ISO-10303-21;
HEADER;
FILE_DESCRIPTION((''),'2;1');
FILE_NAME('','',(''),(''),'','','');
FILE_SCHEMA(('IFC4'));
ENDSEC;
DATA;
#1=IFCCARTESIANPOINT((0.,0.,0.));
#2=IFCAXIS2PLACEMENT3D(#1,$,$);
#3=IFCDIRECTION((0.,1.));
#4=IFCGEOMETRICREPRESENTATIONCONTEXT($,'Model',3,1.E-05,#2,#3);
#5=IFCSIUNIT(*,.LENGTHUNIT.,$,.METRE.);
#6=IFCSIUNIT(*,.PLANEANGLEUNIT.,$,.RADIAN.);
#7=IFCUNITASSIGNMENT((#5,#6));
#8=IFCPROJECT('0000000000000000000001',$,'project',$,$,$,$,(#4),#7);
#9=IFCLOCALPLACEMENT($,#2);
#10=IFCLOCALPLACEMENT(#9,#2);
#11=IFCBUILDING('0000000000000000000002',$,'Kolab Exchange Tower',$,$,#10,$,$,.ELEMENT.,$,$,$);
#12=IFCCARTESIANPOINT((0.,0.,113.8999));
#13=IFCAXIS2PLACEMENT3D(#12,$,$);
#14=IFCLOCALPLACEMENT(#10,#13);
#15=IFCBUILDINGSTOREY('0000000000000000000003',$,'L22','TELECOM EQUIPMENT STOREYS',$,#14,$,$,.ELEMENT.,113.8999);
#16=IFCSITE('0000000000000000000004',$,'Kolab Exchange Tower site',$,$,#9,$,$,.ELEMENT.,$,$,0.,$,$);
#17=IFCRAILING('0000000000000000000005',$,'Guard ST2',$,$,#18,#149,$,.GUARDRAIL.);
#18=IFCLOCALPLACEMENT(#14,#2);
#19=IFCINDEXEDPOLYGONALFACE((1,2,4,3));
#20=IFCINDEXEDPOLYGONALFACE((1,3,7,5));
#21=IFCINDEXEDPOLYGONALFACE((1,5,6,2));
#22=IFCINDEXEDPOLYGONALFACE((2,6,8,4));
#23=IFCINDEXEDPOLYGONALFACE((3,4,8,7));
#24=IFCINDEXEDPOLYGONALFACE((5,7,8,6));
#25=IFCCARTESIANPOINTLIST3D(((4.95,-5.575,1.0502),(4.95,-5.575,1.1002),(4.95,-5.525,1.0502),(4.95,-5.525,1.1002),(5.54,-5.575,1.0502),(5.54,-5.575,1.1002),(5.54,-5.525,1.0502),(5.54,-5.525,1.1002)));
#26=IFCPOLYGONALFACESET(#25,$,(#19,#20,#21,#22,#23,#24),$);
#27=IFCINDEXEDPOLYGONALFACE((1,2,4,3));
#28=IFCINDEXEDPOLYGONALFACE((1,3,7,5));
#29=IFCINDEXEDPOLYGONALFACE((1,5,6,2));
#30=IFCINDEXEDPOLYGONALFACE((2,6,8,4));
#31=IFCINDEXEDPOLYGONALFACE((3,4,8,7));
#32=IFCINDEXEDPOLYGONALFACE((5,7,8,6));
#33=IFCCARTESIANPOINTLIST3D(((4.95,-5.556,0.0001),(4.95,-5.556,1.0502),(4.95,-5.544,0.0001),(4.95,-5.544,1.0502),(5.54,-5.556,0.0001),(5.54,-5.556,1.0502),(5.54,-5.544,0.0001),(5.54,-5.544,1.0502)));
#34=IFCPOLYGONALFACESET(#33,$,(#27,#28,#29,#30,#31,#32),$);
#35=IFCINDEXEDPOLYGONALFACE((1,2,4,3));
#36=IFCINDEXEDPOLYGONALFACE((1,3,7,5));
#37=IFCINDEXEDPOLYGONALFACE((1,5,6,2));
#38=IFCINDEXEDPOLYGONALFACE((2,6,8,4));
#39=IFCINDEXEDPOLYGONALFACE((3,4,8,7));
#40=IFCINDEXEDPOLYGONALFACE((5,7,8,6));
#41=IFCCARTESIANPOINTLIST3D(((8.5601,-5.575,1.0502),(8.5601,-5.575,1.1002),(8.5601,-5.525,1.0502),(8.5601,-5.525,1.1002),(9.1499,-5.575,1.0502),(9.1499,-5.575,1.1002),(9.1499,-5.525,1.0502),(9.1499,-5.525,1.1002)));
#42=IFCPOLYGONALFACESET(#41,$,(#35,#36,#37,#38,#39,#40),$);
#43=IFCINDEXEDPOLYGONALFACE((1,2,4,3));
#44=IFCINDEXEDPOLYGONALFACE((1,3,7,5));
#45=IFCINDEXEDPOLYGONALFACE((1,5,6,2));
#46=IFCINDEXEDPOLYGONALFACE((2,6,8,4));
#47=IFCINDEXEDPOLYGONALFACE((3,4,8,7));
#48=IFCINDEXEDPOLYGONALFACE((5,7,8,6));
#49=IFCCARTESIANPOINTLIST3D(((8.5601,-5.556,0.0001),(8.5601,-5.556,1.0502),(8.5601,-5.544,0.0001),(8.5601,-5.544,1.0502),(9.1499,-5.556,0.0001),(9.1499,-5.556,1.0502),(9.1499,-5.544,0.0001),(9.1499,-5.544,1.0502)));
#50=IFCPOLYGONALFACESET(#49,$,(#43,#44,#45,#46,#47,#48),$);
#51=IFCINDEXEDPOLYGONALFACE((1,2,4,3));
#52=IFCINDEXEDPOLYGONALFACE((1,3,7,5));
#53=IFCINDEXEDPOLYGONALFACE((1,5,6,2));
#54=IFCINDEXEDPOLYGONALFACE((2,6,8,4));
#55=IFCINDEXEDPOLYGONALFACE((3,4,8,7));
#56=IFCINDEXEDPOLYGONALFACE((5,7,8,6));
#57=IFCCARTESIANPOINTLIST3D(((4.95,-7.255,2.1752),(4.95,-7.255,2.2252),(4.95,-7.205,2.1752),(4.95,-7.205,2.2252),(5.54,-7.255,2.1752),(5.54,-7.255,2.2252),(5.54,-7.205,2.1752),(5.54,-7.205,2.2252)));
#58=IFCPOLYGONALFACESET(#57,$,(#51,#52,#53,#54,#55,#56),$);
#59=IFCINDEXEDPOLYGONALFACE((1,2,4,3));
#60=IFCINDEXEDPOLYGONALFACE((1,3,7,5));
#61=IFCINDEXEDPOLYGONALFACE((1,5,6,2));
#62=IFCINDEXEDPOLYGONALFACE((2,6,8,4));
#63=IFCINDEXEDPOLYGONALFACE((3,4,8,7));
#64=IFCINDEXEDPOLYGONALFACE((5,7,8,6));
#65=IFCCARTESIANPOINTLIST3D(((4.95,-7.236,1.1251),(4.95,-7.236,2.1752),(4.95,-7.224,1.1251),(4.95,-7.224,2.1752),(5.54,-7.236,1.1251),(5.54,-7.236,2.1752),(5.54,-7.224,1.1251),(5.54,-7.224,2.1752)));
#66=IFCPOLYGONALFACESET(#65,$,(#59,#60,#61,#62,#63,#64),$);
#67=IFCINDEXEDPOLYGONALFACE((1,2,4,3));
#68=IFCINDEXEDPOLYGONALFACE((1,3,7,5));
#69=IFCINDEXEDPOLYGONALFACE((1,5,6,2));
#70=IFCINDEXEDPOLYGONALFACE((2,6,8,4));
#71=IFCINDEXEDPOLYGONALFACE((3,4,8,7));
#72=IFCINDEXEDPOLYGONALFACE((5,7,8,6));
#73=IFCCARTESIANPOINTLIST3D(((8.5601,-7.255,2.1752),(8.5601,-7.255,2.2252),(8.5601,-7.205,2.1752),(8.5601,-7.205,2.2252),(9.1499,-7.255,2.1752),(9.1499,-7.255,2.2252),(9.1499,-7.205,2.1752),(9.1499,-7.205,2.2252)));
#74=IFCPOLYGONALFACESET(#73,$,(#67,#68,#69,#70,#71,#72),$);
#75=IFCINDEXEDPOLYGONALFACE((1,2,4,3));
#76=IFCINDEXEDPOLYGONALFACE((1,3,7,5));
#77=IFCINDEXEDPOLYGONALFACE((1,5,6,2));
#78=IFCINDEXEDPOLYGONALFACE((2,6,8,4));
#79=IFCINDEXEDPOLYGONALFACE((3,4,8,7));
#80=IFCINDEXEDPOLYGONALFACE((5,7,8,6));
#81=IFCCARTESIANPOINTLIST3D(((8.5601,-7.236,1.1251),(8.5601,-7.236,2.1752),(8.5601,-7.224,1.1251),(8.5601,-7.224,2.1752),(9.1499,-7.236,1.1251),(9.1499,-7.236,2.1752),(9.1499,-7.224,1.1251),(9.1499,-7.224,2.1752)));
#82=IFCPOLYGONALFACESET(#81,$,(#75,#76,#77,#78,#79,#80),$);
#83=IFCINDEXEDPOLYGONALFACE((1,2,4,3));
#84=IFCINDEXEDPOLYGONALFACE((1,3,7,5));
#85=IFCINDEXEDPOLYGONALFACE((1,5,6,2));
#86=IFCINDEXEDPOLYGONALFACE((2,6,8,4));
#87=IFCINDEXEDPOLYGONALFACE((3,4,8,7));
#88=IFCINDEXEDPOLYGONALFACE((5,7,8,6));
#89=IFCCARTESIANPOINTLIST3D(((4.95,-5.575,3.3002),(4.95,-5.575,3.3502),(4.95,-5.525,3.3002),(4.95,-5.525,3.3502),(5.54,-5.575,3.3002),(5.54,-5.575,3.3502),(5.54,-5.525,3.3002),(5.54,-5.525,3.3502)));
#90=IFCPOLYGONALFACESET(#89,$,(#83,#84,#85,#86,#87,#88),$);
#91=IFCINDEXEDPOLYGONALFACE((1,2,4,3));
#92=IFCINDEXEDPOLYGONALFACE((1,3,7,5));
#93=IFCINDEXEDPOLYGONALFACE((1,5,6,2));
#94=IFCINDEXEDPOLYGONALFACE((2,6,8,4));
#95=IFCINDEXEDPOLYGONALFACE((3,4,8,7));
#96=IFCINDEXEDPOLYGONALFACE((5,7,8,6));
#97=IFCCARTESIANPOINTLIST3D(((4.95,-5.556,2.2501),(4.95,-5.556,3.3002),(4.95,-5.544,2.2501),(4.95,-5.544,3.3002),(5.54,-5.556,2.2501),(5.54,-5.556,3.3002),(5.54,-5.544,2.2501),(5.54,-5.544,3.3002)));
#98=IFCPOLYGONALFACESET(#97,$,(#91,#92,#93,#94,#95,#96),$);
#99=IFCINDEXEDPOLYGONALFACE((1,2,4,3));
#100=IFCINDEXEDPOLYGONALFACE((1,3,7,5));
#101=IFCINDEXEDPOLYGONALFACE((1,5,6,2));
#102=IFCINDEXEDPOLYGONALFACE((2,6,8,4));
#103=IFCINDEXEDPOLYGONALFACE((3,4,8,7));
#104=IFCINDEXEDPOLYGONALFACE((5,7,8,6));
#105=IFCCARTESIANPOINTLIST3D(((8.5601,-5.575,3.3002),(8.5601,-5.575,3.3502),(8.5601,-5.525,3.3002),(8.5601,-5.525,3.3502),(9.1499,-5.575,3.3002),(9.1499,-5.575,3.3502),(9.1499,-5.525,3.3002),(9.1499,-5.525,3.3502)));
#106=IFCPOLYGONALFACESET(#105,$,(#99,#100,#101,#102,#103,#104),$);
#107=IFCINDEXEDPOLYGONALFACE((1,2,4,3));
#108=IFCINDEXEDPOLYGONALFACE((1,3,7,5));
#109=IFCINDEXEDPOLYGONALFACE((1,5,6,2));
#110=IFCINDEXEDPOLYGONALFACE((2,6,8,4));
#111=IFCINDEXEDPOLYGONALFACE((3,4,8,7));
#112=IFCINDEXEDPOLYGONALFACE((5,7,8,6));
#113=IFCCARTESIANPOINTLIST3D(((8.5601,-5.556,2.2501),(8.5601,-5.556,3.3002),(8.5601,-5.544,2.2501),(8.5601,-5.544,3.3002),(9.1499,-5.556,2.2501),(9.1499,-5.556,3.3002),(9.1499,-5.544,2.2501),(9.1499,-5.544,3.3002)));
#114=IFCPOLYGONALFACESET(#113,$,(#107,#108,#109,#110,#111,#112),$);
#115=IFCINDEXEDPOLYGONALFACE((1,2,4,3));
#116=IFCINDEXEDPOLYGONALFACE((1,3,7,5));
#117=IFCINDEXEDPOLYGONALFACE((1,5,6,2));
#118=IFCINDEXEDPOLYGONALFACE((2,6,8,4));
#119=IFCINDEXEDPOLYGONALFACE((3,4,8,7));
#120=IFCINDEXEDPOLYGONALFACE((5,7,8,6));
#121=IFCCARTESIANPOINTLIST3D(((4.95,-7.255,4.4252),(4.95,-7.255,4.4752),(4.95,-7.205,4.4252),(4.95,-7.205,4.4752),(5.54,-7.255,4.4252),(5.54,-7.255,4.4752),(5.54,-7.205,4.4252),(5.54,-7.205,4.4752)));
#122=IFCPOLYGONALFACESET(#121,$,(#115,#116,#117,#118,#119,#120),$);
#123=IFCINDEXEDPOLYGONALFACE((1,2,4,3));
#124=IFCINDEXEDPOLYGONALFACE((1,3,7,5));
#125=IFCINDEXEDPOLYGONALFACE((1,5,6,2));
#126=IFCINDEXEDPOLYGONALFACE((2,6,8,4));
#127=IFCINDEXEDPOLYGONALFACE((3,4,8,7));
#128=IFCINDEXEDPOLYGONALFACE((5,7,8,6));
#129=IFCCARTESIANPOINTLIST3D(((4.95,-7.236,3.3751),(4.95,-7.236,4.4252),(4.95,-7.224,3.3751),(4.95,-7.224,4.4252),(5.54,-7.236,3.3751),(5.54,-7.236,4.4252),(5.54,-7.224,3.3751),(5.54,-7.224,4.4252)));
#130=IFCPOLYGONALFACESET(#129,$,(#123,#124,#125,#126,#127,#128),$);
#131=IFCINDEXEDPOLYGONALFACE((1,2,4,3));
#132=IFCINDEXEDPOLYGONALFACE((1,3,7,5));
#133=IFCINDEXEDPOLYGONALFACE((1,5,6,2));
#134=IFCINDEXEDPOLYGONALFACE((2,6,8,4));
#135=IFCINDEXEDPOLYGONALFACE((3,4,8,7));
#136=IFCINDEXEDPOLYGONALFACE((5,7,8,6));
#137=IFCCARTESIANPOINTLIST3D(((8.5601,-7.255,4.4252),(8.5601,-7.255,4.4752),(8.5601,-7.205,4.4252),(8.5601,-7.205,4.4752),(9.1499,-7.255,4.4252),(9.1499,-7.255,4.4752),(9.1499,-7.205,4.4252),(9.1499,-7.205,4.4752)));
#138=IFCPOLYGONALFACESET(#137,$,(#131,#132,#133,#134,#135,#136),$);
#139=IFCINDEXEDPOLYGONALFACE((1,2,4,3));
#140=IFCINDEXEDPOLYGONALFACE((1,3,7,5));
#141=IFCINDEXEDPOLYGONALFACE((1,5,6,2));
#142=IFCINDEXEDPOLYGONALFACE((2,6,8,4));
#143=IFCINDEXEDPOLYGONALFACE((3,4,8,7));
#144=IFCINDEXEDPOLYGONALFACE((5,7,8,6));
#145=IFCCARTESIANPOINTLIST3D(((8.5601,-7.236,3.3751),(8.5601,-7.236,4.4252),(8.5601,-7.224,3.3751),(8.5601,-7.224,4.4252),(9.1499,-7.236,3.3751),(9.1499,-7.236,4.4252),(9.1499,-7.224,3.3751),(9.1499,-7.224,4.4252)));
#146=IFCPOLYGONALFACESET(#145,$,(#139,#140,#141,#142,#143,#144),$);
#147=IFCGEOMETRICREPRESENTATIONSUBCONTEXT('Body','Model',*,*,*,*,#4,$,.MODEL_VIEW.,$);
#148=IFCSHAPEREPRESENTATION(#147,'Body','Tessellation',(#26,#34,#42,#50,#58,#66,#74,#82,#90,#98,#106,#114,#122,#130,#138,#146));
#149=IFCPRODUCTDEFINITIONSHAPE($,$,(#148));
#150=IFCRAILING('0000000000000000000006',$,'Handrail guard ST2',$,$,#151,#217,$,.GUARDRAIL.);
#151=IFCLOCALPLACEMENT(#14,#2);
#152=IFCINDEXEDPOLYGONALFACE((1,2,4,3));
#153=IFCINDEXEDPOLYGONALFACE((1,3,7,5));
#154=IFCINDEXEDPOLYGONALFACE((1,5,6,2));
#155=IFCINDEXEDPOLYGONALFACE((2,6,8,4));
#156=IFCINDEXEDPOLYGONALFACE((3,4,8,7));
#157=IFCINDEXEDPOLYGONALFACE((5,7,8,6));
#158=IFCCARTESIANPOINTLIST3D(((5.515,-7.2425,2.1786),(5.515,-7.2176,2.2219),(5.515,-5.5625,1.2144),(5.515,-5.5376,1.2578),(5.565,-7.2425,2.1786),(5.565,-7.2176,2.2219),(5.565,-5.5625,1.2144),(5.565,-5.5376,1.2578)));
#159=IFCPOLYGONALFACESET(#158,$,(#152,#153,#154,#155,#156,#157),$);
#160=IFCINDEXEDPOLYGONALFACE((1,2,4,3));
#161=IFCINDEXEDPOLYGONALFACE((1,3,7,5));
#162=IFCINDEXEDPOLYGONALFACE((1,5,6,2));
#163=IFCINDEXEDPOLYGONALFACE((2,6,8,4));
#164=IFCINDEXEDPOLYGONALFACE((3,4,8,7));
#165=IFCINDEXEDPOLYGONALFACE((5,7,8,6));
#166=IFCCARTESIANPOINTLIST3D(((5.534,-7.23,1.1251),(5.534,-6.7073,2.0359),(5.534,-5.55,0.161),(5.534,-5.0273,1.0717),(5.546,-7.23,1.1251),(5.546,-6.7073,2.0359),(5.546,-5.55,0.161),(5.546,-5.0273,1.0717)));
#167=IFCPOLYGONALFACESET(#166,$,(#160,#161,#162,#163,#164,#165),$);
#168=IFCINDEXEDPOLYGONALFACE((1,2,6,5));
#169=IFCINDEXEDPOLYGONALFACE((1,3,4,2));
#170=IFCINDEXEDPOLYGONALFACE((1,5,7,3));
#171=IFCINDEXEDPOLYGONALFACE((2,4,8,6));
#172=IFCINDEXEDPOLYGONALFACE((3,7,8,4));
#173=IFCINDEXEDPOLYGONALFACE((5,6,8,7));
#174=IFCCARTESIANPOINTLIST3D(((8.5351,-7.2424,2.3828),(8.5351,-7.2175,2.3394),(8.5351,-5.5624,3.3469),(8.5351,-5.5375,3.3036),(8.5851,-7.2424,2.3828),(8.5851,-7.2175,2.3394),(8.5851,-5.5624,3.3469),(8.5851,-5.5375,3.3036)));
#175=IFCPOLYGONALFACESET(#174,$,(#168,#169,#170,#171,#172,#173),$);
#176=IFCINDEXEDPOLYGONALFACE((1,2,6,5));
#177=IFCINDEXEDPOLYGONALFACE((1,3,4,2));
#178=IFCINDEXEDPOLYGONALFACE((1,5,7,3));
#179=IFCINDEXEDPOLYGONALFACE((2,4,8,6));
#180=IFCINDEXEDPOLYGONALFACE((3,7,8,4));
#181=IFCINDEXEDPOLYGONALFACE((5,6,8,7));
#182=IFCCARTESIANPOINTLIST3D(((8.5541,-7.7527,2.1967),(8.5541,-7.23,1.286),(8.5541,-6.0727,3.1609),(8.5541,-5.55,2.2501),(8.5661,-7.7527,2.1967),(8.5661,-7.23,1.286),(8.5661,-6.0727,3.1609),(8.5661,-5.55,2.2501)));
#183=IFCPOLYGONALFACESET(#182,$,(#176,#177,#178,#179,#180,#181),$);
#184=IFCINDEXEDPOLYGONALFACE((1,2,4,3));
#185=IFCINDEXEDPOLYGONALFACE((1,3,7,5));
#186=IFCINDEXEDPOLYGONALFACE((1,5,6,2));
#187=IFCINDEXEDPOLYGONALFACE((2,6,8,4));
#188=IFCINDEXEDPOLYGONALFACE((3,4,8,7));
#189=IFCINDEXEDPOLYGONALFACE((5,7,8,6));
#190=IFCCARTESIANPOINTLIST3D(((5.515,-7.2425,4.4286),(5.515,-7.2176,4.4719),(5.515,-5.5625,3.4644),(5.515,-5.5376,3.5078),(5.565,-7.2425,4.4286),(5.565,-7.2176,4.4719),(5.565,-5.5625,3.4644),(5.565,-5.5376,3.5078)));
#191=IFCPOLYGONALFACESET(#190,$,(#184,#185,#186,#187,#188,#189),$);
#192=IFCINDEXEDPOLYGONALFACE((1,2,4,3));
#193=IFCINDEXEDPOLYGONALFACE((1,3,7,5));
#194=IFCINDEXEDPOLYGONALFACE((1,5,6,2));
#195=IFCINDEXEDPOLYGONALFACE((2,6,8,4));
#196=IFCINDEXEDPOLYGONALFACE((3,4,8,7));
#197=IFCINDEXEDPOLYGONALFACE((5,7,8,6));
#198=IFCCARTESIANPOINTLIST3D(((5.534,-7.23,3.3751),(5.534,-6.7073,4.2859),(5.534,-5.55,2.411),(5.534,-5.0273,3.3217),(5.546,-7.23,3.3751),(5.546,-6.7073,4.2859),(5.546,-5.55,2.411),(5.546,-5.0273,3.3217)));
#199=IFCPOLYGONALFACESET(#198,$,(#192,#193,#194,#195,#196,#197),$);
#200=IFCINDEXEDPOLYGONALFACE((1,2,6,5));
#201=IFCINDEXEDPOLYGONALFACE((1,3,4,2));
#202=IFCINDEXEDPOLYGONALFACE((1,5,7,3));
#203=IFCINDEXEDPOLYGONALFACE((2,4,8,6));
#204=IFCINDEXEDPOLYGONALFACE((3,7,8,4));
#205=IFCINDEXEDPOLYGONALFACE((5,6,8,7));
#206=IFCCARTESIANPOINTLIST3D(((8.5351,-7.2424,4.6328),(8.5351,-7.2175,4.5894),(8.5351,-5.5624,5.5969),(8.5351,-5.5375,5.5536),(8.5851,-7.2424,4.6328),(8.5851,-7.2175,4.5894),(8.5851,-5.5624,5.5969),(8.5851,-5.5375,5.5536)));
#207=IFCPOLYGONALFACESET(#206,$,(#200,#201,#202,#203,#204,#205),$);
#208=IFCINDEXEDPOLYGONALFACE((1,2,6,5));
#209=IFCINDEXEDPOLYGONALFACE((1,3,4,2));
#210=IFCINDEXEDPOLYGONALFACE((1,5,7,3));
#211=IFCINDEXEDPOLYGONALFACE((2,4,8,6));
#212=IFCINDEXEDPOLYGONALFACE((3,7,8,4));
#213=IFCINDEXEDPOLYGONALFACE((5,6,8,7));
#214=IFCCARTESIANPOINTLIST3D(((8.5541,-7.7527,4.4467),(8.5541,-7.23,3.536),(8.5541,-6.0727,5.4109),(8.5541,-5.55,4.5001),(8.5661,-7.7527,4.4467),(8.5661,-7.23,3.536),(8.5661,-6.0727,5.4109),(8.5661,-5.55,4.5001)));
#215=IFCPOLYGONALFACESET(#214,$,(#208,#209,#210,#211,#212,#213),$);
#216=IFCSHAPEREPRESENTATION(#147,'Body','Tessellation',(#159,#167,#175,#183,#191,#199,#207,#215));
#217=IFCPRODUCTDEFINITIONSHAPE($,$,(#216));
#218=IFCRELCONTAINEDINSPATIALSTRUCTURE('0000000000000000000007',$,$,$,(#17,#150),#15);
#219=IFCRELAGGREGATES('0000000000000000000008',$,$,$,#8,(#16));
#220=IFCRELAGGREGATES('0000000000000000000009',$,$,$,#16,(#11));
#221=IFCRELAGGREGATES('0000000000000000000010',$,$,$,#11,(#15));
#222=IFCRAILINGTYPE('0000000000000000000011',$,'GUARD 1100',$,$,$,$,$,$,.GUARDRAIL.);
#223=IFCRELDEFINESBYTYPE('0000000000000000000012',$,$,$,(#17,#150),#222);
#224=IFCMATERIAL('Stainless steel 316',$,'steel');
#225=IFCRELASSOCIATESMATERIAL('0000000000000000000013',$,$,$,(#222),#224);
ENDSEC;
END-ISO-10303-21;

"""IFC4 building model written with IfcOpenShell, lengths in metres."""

from ifc_helpers import new_model, si_unit, direction, frame, frame_2d, origin, origin_2d, place, context, subcontext, project, spatial, rectangle, extrude, material, type_object, element, save


model = new_model("IFC4")

# Units and contexts
model_context = context("Model", 3, precision=1e-05, world=origin(), true_north=direction((0.0, 1.0)))
body_context = subcontext(model_context, "Body", "Model", "MODEL_VIEW")
ifc_project = project(units=[si_unit("LENGTHUNIT", "METRE"), si_unit("PLANEANGLEUNIT", "RADIAN")], contexts=[model_context])

# Site, building, storey
site_placement = place(None, origin())
site = spatial("IfcSite", under=ifc_project, at=site_placement, Name="Kolab Exchange Tower site", CompositionType="ELEMENT", RefElevation=0.0)
building_placement = place(site_placement, origin())
building = spatial("IfcBuilding", under=site, at=building_placement, Name="Kolab Exchange Tower", CompositionType="ELEMENT")
storey_placement = place(building_placement, frame((0.0, 0.0, 113.8999)))
storey = spatial("IfcBuildingStorey", under=building, at=storey_placement, Name="L22", Description="TELECOM EQUIPMENT STOREYS", CompositionType="ELEMENT", Elevation=113.8999)

# Shared definitions
ifc_material_1 = material(Name="Stainless steel 316", Category="steel")

# Railings
railing_type = type_object("IfcRailingType", Name="GUARD 1100", PredefinedType="GUARDRAIL", material=ifc_material_1)
railing_1_placement = place(storey_placement, frame((4.95, -5.55, 0.0)))
element("IfcRailing", 1, at=railing_1_placement, inside=storey, type_object=railing_type, Name="Guard ST2", PredefinedType="GUARDRAIL", context=body_context, shape_type="SweptSolid", body=[
    extrude(rectangle(XDim=0.05, YDim=0.05, at=origin_2d()), frame((0.0, 0.0, 1.0752), z_axis=(1.0, 0.0, 0.0), x_axis=(0.0, 1.0, 0.0)), (0.0, 0.0, 1.0), 0.5901),
    extrude(rectangle(XDim=0.012, YDim=1.0501, at=frame_2d((0.0, 0.5251))), frame((0.0, 0.0, 0.0), z_axis=(1.0, 0.0, 0.0), x_axis=(0.0, 1.0, 0.0)), (0.0, 0.0, 1.0), 0.5901),
    extrude(rectangle(XDim=0.05, YDim=0.05, at=origin_2d()), frame((3.6101, 0.0, 1.0752), z_axis=(1.0, 0.0, 0.0), x_axis=(0.0, 1.0, 0.0)), (0.0, 0.0, 1.0), 0.5898),
    extrude(rectangle(XDim=0.012, YDim=1.0501, at=frame_2d((0.0, 0.5251))), frame((3.6101, 0.0, 0.0), z_axis=(1.0, 0.0, 0.0), x_axis=(0.0, 1.0, 0.0)), (0.0, 0.0, 1.0), 0.5898),
    extrude(rectangle(XDim=0.05, YDim=0.05, at=origin_2d()), frame((0.0, -1.6799, 2.2002), z_axis=(1.0, 0.0, 0.0), x_axis=(0.0, 1.0, 0.0)), (0.0, 0.0, 1.0), 0.5901),
    extrude(rectangle(XDim=0.012, YDim=1.0501, at=frame_2d((0.0, 0.5251))), frame((0.0, -1.6799, 1.125), z_axis=(1.0, 0.0, 0.0), x_axis=(0.0, 1.0, 0.0)), (0.0, 0.0, 1.0), 0.5901),
    extrude(rectangle(XDim=0.05, YDim=0.05, at=origin_2d()), frame((3.6101, -1.6799, 2.2002), z_axis=(1.0, 0.0, 0.0), x_axis=(0.0, 1.0, 0.0)), (0.0, 0.0, 1.0), 0.5898),
    extrude(rectangle(XDim=0.012, YDim=1.0501, at=frame_2d((0.0, 0.5251))), frame((3.6101, -1.6799, 1.125), z_axis=(1.0, 0.0, 0.0), x_axis=(0.0, 1.0, 0.0)), (0.0, 0.0, 1.0), 0.5898),
    extrude(rectangle(XDim=0.05, YDim=0.05, at=origin_2d()), frame((0.0, 0.0, 3.3252), z_axis=(1.0, 0.0, 0.0), x_axis=(0.0, 1.0, 0.0)), (0.0, 0.0, 1.0), 0.5901),
    extrude(rectangle(XDim=0.012, YDim=1.0501, at=frame_2d((0.0, 0.5251))), frame((0.0, 0.0, 2.25), z_axis=(1.0, 0.0, 0.0), x_axis=(0.0, 1.0, 0.0)), (0.0, 0.0, 1.0), 0.5901),
    extrude(rectangle(XDim=0.05, YDim=0.05, at=origin_2d()), frame((3.6101, 0.0, 3.3252), z_axis=(1.0, 0.0, 0.0), x_axis=(0.0, 1.0, 0.0)), (0.0, 0.0, 1.0), 0.5898),
    extrude(rectangle(XDim=0.012, YDim=1.0501, at=frame_2d((0.0, 0.5251))), frame((3.6101, 0.0, 2.25), z_axis=(1.0, 0.0, 0.0), x_axis=(0.0, 1.0, 0.0)), (0.0, 0.0, 1.0), 0.5898),
    extrude(rectangle(XDim=0.05, YDim=0.05, at=origin_2d()), frame((0.0, -1.6799, 4.4502), z_axis=(1.0, 0.0, 0.0), x_axis=(0.0, 1.0, 0.0)), (0.0, 0.0, 1.0), 0.5901),
    extrude(rectangle(XDim=0.012, YDim=1.0501, at=frame_2d((0.0, 0.5251))), frame((0.0, -1.6799, 3.375), z_axis=(1.0, 0.0, 0.0), x_axis=(0.0, 1.0, 0.0)), (0.0, 0.0, 1.0), 0.5901),
    extrude(rectangle(XDim=0.05, YDim=0.05, at=origin_2d()), frame((3.6101, -1.6799, 4.4502), z_axis=(1.0, 0.0, 0.0), x_axis=(0.0, 1.0, 0.0)), (0.0, 0.0, 1.0), 0.5898),
    extrude(rectangle(XDim=0.012, YDim=1.0501, at=frame_2d((0.0, 0.5251))), frame((3.6101, -1.6799, 3.375), z_axis=(1.0, 0.0, 0.0), x_axis=(0.0, 1.0, 0.0)), (0.0, 0.0, 1.0), 0.5898),
])
railing_2_placement = place(storey_placement, frame((5.54, -5.55, 0.1609)))
element("IfcRailing", 2, at=railing_2_placement, inside=storey, type_object=railing_type, Name="Handrail guard ST2", PredefinedType="GUARDRAIL", context=body_context, shape_type="SweptSolid", body=[
    extrude(rectangle(XDim=0.05, YDim=0.05, at=origin_2d()), frame((0.0, 0.0, 1.0752), z_axis=(0.0, -0.867319, 0.497753), x_axis=(1.0, 0.0, 0.0)), (0.0, 0.0, 1.0), 1.937),
    extrude(rectangle(XDim=0.012, YDim=1.0501, at=frame_2d((0.0, 0.5251))), frame((0.0, 0.0, 0.0), z_axis=(0.0, -0.867319, 0.497753), x_axis=(1.0, 0.0, 0.0)), (0.0, 0.0, 1.0), 1.937),
    extrude(rectangle(XDim=0.05, YDim=0.05, at=origin_2d()), frame((3.02, -1.6799, 2.2002), z_axis=(0.0, 0.867319, 0.497753), x_axis=(-1.0, 0.0, 0.0)), (0.0, 0.0, 1.0), 1.937),
    extrude(rectangle(XDim=0.012, YDim=1.0501, at=frame_2d((0.0, 0.5251))), frame((3.02, -1.6799, 1.125), z_axis=(0.0, 0.867319, 0.497753), x_axis=(-1.0, 0.0, 0.0)), (0.0, 0.0, 1.0), 1.937),
    extrude(rectangle(XDim=0.05, YDim=0.05, at=origin_2d()), frame((0.0, 0.0, 3.3252), z_axis=(0.0, -0.867319, 0.497753), x_axis=(1.0, 0.0, 0.0)), (0.0, 0.0, 1.0), 1.937),
    extrude(rectangle(XDim=0.012, YDim=1.0501, at=frame_2d((0.0, 0.5251))), frame((0.0, 0.0, 2.25), z_axis=(0.0, -0.867319, 0.497753), x_axis=(1.0, 0.0, 0.0)), (0.0, 0.0, 1.0), 1.937),
    extrude(rectangle(XDim=0.05, YDim=0.05, at=origin_2d()), frame((3.02, -1.6799, 4.4502), z_axis=(0.0, 0.867319, 0.497753), x_axis=(-1.0, 0.0, 0.0)), (0.0, 0.0, 1.0), 1.937),
    extrude(rectangle(XDim=0.012, YDim=1.0501, at=frame_2d((0.0, 0.5251))), frame((3.02, -1.6799, 3.375), z_axis=(0.0, 0.867319, 0.497753), x_axis=(-1.0, 0.0, 0.0)), (0.0, 0.0, 1.0), 1.937),
])

save(model, "model.ifc")
